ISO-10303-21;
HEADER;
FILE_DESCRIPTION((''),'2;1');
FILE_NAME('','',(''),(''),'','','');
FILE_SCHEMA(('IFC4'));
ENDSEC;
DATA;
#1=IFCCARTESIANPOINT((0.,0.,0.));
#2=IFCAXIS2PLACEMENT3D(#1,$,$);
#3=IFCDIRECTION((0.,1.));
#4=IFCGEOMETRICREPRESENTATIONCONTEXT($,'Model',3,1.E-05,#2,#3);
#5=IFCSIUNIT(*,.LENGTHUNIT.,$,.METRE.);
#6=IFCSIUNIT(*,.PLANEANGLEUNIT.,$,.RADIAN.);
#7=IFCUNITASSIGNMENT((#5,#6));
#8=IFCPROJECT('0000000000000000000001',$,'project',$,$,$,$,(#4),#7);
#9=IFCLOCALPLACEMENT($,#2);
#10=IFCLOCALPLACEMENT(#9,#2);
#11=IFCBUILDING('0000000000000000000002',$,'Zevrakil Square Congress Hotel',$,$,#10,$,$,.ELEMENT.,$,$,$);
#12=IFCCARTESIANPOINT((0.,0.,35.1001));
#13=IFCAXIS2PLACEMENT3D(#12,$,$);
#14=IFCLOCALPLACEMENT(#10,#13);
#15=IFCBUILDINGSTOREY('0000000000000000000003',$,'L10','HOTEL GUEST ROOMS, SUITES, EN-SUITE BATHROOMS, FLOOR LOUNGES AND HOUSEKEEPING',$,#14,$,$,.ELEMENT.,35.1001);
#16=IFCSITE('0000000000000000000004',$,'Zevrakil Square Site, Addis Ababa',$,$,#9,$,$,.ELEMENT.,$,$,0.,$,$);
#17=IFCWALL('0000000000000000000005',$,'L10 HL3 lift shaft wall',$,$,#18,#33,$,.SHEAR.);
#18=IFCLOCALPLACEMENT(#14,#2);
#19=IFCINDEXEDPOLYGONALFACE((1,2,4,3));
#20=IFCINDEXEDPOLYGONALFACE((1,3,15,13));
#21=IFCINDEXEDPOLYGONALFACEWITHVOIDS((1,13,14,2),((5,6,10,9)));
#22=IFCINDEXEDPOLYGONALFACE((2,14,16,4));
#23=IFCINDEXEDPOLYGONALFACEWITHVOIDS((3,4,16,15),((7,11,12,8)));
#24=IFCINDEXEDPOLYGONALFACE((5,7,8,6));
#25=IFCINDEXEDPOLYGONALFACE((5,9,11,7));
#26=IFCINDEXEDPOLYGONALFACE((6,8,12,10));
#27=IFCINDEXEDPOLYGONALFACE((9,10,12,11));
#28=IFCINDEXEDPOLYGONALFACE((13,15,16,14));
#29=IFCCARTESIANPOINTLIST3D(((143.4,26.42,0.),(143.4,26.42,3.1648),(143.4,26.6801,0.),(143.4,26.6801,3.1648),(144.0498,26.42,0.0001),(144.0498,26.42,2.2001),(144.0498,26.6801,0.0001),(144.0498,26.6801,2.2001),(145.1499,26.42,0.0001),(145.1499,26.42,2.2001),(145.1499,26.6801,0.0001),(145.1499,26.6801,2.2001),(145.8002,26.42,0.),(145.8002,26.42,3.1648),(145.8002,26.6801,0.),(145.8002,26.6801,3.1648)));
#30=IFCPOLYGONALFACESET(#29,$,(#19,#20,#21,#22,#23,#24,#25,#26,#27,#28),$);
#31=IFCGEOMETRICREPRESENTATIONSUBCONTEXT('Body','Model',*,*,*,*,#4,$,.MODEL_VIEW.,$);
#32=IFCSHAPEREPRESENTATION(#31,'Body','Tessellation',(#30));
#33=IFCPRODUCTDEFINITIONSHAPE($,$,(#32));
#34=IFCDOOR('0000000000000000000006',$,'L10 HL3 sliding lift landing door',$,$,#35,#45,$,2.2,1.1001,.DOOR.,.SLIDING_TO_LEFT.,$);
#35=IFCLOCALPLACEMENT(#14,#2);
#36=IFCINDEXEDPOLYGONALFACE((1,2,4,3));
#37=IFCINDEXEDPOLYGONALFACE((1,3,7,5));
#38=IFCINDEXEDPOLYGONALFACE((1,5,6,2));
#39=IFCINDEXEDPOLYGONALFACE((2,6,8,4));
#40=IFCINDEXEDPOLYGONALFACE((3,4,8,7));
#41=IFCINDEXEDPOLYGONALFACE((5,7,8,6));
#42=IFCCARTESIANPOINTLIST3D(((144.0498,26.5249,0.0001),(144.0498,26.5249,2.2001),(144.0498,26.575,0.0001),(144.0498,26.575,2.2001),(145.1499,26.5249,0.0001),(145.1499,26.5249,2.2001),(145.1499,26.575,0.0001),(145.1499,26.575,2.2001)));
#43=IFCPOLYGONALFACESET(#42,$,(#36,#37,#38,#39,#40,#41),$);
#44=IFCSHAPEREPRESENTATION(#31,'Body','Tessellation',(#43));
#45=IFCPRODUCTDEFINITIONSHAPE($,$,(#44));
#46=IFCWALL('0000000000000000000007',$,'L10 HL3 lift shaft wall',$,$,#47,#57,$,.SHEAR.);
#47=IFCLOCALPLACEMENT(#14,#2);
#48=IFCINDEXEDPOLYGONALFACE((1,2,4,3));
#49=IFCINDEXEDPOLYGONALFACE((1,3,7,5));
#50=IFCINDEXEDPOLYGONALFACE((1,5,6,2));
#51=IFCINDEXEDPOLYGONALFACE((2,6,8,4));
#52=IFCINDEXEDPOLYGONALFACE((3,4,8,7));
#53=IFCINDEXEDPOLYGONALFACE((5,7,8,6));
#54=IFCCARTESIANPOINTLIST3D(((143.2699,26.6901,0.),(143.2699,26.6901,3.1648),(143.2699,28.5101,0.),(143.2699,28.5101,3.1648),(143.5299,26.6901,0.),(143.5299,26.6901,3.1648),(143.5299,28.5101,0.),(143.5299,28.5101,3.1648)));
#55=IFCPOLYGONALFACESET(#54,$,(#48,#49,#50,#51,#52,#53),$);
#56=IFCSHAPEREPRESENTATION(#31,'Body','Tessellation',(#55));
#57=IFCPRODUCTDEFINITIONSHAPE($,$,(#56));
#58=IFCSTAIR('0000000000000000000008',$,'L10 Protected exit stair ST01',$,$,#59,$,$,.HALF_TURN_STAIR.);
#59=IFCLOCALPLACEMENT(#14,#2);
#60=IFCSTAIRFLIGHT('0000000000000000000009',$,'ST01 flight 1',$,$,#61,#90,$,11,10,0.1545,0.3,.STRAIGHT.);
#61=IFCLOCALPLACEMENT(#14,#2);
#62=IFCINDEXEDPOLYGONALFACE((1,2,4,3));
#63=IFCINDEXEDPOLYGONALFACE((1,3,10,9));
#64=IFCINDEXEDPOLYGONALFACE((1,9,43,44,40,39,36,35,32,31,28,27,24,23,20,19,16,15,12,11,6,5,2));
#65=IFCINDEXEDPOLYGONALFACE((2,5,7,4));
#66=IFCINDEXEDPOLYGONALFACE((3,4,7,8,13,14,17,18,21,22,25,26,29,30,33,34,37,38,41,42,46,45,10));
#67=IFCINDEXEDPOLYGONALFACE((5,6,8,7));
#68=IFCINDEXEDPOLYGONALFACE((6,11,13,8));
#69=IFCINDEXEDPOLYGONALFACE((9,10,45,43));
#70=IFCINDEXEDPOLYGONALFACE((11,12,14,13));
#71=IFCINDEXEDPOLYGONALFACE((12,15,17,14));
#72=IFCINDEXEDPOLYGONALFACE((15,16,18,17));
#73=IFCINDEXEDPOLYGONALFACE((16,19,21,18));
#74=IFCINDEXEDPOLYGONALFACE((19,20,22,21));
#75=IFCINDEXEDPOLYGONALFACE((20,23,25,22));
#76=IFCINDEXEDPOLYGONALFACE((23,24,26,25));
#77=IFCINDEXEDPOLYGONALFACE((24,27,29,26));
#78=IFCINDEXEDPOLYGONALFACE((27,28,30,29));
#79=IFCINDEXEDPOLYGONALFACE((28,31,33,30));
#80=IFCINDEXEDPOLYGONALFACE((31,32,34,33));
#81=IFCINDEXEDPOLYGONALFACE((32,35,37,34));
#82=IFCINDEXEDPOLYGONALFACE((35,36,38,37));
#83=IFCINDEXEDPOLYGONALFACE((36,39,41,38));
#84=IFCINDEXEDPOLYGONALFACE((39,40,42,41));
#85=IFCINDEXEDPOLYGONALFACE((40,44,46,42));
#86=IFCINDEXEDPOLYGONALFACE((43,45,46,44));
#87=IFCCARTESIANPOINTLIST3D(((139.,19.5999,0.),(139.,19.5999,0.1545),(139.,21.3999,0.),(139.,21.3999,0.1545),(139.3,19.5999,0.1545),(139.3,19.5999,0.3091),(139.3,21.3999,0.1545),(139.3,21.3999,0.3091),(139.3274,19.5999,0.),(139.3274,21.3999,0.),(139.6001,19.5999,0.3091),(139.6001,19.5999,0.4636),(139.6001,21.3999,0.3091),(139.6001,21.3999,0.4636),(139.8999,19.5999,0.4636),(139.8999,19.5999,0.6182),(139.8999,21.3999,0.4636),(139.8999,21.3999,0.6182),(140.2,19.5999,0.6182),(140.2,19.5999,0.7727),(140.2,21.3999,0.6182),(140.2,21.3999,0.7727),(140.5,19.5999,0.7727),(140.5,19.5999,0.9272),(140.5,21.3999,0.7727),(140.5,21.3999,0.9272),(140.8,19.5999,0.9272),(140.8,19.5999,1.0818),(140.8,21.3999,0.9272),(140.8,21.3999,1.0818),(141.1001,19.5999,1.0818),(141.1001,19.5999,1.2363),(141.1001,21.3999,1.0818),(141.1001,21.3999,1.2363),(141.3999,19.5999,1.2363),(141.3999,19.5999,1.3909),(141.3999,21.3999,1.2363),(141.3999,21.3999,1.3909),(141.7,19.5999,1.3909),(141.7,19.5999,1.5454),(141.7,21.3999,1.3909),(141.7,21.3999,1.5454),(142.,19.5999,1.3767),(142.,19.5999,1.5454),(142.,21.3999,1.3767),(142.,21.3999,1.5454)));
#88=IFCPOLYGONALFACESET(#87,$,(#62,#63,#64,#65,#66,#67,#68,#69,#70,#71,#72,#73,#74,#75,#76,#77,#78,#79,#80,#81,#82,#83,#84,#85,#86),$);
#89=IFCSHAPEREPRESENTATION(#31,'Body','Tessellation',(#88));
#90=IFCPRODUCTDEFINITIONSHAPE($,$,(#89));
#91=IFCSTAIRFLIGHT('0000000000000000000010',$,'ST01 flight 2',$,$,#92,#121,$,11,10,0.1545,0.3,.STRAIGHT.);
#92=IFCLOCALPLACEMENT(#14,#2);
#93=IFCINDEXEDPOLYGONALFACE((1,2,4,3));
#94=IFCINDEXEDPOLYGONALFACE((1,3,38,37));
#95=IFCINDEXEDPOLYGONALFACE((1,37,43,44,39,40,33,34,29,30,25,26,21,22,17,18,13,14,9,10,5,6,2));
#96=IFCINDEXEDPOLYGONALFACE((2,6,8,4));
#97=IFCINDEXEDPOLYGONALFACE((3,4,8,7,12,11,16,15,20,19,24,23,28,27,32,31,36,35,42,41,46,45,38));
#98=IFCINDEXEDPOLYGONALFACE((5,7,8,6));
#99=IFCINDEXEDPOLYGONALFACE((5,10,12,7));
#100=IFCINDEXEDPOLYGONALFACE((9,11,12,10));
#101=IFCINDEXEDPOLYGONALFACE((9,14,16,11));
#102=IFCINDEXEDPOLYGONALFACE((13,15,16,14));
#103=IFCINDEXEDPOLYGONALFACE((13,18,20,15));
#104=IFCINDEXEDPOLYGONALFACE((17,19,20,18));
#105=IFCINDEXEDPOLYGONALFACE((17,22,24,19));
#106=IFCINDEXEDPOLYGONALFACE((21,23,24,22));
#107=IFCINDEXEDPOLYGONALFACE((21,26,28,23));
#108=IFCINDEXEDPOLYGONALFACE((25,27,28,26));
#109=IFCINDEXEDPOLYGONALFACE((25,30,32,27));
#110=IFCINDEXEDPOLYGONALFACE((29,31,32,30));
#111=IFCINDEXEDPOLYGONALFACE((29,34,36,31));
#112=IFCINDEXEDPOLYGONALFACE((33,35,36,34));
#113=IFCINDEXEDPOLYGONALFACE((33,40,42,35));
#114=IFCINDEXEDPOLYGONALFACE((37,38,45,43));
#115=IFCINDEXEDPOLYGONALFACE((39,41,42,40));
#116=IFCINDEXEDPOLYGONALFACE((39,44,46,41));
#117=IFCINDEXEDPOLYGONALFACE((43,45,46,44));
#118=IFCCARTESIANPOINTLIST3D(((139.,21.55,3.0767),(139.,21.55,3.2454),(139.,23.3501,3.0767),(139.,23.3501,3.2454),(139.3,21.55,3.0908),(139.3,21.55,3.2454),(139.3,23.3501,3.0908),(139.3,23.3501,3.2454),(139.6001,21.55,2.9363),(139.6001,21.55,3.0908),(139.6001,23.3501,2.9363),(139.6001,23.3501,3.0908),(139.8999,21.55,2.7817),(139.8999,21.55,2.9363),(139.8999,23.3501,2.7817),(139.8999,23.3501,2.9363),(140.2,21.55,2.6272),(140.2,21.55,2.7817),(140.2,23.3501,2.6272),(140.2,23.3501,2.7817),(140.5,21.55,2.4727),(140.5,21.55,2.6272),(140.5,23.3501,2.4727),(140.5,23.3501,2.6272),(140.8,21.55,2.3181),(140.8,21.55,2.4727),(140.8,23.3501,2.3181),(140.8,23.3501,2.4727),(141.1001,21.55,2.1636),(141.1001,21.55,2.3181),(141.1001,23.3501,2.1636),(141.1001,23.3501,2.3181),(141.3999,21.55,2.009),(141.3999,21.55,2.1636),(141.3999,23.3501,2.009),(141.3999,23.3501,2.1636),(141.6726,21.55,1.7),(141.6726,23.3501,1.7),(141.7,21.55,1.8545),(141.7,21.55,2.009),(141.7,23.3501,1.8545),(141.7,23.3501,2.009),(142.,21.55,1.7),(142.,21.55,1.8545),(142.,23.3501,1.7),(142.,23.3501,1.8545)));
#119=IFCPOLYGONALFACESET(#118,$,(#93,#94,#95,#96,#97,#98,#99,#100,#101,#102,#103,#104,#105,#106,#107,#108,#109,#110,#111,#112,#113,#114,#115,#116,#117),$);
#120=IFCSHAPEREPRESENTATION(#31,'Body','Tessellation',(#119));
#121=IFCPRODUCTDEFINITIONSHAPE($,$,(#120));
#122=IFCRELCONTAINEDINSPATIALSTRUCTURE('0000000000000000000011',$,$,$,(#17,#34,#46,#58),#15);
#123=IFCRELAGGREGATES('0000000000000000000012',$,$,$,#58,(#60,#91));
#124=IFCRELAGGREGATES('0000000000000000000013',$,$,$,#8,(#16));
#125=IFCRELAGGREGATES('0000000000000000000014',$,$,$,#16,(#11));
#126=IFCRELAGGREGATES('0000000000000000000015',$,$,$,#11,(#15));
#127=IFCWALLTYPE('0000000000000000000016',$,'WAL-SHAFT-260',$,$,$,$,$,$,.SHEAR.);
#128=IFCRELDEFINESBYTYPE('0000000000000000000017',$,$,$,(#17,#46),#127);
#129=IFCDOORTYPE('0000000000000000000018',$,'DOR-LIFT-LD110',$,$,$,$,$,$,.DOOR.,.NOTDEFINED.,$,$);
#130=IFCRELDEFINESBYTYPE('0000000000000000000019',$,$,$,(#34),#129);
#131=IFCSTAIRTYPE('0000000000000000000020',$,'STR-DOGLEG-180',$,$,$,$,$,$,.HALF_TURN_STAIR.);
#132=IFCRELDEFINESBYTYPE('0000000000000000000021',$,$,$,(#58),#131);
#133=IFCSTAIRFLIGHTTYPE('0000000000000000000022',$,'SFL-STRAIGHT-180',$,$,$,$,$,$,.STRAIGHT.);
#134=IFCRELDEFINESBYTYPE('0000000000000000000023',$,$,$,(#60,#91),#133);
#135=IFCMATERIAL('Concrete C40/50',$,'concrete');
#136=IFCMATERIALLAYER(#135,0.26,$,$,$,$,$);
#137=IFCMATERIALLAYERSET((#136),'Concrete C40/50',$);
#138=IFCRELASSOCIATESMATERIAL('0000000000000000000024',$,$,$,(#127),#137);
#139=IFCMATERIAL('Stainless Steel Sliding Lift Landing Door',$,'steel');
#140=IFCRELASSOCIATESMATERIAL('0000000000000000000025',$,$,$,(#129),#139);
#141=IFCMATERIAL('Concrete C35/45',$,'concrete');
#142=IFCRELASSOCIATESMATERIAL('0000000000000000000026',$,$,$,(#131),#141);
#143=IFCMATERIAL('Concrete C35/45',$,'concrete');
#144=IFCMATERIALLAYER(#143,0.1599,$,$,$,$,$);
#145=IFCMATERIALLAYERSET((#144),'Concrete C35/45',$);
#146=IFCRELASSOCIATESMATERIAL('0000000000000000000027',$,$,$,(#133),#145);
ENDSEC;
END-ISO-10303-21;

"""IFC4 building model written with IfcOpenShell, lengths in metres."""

from ifc_helpers import new_model, si_unit, direction, frame, frame_2d, origin, place, context, subcontext, project, spatial, polyline, rectangle, outline, extrude, material, layer, layer_set, type_object, element, fill, aggregate, save


model = new_model("IFC4")

# Units and contexts
model_context = context("Model", 3, precision=1e-05, world=origin(), true_north=direction((0.0, 1.0)))
body_context = subcontext(model_context, "Body", "Model", "MODEL_VIEW")
ifc_project = project(units=[si_unit("LENGTHUNIT", "METRE"), si_unit("PLANEANGLEUNIT", "RADIAN")], contexts=[model_context])

# Site, building, storey
site_placement = place(None, origin())
site = spatial("IfcSite", under=ifc_project, at=site_placement, Name="Zevrakil Square Site, Addis Ababa", CompositionType="ELEMENT", RefElevation=0.0)
building_placement = place(site_placement, origin())
building = spatial("IfcBuilding", under=site, at=building_placement, Name="Zevrakil Square Congress Hotel", CompositionType="ELEMENT")
storey_placement = place(building_placement, frame((0.0, 0.0, 35.1001)))
storey = spatial("IfcBuildingStorey", under=building, at=storey_placement, Name="L10", Description="HOTEL GUEST ROOMS, SUITES, EN-SUITE BATHROOMS, FLOOR LOUNGES AND HOUSEKEEPING", CompositionType="ELEMENT", Elevation=35.1001)

# Shared definitions
ifc_material_1 = material(Name="Concrete C40/50", Category="concrete")
ifc_layer_1 = layer(ifc_material_1, 0.26)
ifc_layer_set_1 = layer_set([ifc_layer_1], Name="Concrete C40/50")
wall_type_1 = type_object("IfcWallType", Name="WAL-SHAFT-260", PredefinedType="SHEAR", material=ifc_layer_set_1)

# Shared definitions
ifc_material_2 = material(Name="Stainless Steel Sliding Lift Landing Door", Category="steel")
door_type_1 = type_object("IfcDoorType", Name="DOR-LIFT-LD110", OperationType="NOTDEFINED", PredefinedType="DOOR", material=ifc_material_2)

# Wall, opening, door
wall_1_placement = place(storey_placement, frame((143.3999, 26.55, 0.0), z_axis=(0.0, 0.0, 1.0), x_axis=(1.0, 0.0, 0.0)))
wall_1 = element("IfcWall", 1, at=wall_1_placement, inside=storey, type_object=wall_type_1, Name="L10 HL3 lift shaft wall", PredefinedType="SHEAR", context=body_context, shape_type="SweptSolid", body=[
    extrude(rectangle(XDim=2.4001, YDim=0.26, at=frame_2d((1.2002, 0.0))), origin(), (0.0, 0.0, 1.0), 3.1648),
])
opening_1_placement = place(wall_1_placement, frame((0.6499, 0.0, 0.0)))
opening_1 = element("IfcOpeningElement", 2, at=opening_1_placement, cuts=wall_1, PredefinedType="OPENING", context=body_context, shape_type="SweptSolid", body=[
    extrude(rectangle(XDim=1.1001, YDim=2.2, at=frame_2d((0.55, 1.1001))), frame((0.0, 0.1401, 0.0), z_axis=(0.0, -1.0, 0.0), x_axis=(1.0, 0.0, 0.0)), (0.0, 0.0, 1.0), 0.28),
])
door_1_placement = place(opening_1_placement, origin())
door_1 = element("IfcDoor", 3, at=door_1_placement, inside=storey, type_object=door_type_1, Name="L10 HL3 sliding lift landing door", OperationType="SLIDING_TO_LEFT", OverallHeight=2.2, OverallWidth=1.1001, PredefinedType="DOOR", context=body_context, shape_type="SweptSolid", body=[
    extrude(rectangle(XDim=1.1001, YDim=2.2, at=frame_2d((0.55, 1.1001))), frame((0.0, 0.0249, 0.0), z_axis=(0.0, -1.0, 0.0), x_axis=(1.0, 0.0, 0.0)), (0.0, 0.0, 1.0), 0.05),
])
fill(opening_1, door_1)

# Wall
wall_2_placement = place(storey_placement, frame((143.3999, 26.6899, 0.0), z_axis=(0.0, 0.0, 1.0), x_axis=(0.0, 1.0, 0.0)))
element("IfcWall", 4, at=wall_2_placement, inside=storey, type_object=wall_type_1, Name="L10 HL3 lift shaft wall", PredefinedType="SHEAR", context=body_context, shape_type="SweptSolid", body=[
    extrude(rectangle(XDim=1.8201, YDim=0.26, at=frame_2d((0.9102, 0.0))), origin(), (0.0, 0.0, 1.0), 3.1648),
])

# Stair, stair flights
ifc_material_3 = material(Name="Concrete C35/45", Category="concrete")
stair_type = type_object("IfcStairType", Name="STR-DOGLEG-180", PredefinedType="HALF_TURN_STAIR", material=ifc_material_3)
stair_placement = place(storey_placement, origin())
stair = element("IfcStair", 5, at=stair_placement, inside=storey, type_object=stair_type, Name="L10 Protected exit stair ST01", PredefinedType="HALF_TURN_STAIR")
ifc_material_4 = material(Name="Concrete C35/45", Category="concrete")
ifc_layer_2 = layer(ifc_material_4, 0.1599)
ifc_layer_set_2 = layer_set([ifc_layer_2], Name="Concrete C35/45")
stair_flight_type = type_object("IfcStairFlightType", Name="SFL-STRAIGHT-180", PredefinedType="STRAIGHT", material=ifc_layer_set_2)
stair_flight_1_placement = place(storey_placement, frame((139.0, 20.5, 0.0), z_axis=(0.0, 0.0, 1.0), x_axis=(1.0, 0.0, 0.0)))
stair_flight_1 = element("IfcStairFlight", 6, at=stair_flight_1_placement, type_object=stair_flight_type, Name="ST01 flight 1", NumberOfRisers=11, NumberOfTreads=10, PredefinedType="STRAIGHT", RiserHeight=0.1545, TreadLength=0.3, context=body_context, shape_type="SweptSolid", body=[
    extrude(outline(polyline([(0.0, 0.0), (0.0, 0.1545), (0.3, 0.1545), (0.3, 0.3091), (0.6001, 0.3091), (0.6001, 0.4636), (0.8999, 0.4636), (0.8999, 0.6182), (1.2, 0.6182), (1.2, 0.7727), (1.5, 0.7727), (1.5, 0.9272), (1.8, 0.9272), (1.8, 1.0818), (2.1001, 1.0818), (2.1001, 1.2363), (2.3999, 1.2363), (2.3999, 1.3909), (2.7, 1.3909), (2.7, 1.5454), (3.0, 1.5454), (3.0, 1.7), (3.0, 1.3767), (0.3274, 0.0), (0.0, 0.0)])), frame((0.0, 0.8999, 0.0), z_axis=(0.0, -1.0, 0.0), x_axis=(1.0, 0.0, 0.0)), (0.0, 0.0, 1.0), 1.8),
])
stair_flight_2_placement = place(storey_placement, frame((142.0, 22.45, 1.7), z_axis=(0.0, 0.0, 1.0), x_axis=(-1.0, 0.0, 0.0)))
stair_flight_2 = element("IfcStairFlight", 7, at=stair_flight_2_placement, type_object=stair_flight_type, Name="ST01 flight 2", NumberOfRisers=11, NumberOfTreads=10, PredefinedType="STRAIGHT", RiserHeight=0.1545, TreadLength=0.3, context=body_context, shape_type="SweptSolid", body=[
    extrude(outline(polyline([(0.0, 0.0), (0.0, 0.1545), (0.3, 0.1545), (0.3, 0.3091), (0.6001, 0.3091), (0.6001, 0.4636), (0.8999, 0.4636), (0.8999, 0.6182), (1.2, 0.6182), (1.2, 0.7727), (1.5, 0.7727), (1.5, 0.9272), (1.8, 0.9272), (1.8, 1.0818), (2.1001, 1.0818), (2.1001, 1.2363), (2.3999, 1.2363), (2.3999, 1.3909), (2.7, 1.3909), (2.7, 1.5454), (3.0, 1.5454), (3.0, 1.7), (3.0, 1.3767), (0.3274, 0.0), (0.0, 0.0)])), frame((0.0, 0.8999, 0.0), z_axis=(0.0, -1.0, 0.0), x_axis=(1.0, 0.0, 0.0)), (0.0, 0.0, 1.0), 1.8),
])
aggregate(stair, [stair_flight_1, stair_flight_2])

save(model, "model.ifc")
